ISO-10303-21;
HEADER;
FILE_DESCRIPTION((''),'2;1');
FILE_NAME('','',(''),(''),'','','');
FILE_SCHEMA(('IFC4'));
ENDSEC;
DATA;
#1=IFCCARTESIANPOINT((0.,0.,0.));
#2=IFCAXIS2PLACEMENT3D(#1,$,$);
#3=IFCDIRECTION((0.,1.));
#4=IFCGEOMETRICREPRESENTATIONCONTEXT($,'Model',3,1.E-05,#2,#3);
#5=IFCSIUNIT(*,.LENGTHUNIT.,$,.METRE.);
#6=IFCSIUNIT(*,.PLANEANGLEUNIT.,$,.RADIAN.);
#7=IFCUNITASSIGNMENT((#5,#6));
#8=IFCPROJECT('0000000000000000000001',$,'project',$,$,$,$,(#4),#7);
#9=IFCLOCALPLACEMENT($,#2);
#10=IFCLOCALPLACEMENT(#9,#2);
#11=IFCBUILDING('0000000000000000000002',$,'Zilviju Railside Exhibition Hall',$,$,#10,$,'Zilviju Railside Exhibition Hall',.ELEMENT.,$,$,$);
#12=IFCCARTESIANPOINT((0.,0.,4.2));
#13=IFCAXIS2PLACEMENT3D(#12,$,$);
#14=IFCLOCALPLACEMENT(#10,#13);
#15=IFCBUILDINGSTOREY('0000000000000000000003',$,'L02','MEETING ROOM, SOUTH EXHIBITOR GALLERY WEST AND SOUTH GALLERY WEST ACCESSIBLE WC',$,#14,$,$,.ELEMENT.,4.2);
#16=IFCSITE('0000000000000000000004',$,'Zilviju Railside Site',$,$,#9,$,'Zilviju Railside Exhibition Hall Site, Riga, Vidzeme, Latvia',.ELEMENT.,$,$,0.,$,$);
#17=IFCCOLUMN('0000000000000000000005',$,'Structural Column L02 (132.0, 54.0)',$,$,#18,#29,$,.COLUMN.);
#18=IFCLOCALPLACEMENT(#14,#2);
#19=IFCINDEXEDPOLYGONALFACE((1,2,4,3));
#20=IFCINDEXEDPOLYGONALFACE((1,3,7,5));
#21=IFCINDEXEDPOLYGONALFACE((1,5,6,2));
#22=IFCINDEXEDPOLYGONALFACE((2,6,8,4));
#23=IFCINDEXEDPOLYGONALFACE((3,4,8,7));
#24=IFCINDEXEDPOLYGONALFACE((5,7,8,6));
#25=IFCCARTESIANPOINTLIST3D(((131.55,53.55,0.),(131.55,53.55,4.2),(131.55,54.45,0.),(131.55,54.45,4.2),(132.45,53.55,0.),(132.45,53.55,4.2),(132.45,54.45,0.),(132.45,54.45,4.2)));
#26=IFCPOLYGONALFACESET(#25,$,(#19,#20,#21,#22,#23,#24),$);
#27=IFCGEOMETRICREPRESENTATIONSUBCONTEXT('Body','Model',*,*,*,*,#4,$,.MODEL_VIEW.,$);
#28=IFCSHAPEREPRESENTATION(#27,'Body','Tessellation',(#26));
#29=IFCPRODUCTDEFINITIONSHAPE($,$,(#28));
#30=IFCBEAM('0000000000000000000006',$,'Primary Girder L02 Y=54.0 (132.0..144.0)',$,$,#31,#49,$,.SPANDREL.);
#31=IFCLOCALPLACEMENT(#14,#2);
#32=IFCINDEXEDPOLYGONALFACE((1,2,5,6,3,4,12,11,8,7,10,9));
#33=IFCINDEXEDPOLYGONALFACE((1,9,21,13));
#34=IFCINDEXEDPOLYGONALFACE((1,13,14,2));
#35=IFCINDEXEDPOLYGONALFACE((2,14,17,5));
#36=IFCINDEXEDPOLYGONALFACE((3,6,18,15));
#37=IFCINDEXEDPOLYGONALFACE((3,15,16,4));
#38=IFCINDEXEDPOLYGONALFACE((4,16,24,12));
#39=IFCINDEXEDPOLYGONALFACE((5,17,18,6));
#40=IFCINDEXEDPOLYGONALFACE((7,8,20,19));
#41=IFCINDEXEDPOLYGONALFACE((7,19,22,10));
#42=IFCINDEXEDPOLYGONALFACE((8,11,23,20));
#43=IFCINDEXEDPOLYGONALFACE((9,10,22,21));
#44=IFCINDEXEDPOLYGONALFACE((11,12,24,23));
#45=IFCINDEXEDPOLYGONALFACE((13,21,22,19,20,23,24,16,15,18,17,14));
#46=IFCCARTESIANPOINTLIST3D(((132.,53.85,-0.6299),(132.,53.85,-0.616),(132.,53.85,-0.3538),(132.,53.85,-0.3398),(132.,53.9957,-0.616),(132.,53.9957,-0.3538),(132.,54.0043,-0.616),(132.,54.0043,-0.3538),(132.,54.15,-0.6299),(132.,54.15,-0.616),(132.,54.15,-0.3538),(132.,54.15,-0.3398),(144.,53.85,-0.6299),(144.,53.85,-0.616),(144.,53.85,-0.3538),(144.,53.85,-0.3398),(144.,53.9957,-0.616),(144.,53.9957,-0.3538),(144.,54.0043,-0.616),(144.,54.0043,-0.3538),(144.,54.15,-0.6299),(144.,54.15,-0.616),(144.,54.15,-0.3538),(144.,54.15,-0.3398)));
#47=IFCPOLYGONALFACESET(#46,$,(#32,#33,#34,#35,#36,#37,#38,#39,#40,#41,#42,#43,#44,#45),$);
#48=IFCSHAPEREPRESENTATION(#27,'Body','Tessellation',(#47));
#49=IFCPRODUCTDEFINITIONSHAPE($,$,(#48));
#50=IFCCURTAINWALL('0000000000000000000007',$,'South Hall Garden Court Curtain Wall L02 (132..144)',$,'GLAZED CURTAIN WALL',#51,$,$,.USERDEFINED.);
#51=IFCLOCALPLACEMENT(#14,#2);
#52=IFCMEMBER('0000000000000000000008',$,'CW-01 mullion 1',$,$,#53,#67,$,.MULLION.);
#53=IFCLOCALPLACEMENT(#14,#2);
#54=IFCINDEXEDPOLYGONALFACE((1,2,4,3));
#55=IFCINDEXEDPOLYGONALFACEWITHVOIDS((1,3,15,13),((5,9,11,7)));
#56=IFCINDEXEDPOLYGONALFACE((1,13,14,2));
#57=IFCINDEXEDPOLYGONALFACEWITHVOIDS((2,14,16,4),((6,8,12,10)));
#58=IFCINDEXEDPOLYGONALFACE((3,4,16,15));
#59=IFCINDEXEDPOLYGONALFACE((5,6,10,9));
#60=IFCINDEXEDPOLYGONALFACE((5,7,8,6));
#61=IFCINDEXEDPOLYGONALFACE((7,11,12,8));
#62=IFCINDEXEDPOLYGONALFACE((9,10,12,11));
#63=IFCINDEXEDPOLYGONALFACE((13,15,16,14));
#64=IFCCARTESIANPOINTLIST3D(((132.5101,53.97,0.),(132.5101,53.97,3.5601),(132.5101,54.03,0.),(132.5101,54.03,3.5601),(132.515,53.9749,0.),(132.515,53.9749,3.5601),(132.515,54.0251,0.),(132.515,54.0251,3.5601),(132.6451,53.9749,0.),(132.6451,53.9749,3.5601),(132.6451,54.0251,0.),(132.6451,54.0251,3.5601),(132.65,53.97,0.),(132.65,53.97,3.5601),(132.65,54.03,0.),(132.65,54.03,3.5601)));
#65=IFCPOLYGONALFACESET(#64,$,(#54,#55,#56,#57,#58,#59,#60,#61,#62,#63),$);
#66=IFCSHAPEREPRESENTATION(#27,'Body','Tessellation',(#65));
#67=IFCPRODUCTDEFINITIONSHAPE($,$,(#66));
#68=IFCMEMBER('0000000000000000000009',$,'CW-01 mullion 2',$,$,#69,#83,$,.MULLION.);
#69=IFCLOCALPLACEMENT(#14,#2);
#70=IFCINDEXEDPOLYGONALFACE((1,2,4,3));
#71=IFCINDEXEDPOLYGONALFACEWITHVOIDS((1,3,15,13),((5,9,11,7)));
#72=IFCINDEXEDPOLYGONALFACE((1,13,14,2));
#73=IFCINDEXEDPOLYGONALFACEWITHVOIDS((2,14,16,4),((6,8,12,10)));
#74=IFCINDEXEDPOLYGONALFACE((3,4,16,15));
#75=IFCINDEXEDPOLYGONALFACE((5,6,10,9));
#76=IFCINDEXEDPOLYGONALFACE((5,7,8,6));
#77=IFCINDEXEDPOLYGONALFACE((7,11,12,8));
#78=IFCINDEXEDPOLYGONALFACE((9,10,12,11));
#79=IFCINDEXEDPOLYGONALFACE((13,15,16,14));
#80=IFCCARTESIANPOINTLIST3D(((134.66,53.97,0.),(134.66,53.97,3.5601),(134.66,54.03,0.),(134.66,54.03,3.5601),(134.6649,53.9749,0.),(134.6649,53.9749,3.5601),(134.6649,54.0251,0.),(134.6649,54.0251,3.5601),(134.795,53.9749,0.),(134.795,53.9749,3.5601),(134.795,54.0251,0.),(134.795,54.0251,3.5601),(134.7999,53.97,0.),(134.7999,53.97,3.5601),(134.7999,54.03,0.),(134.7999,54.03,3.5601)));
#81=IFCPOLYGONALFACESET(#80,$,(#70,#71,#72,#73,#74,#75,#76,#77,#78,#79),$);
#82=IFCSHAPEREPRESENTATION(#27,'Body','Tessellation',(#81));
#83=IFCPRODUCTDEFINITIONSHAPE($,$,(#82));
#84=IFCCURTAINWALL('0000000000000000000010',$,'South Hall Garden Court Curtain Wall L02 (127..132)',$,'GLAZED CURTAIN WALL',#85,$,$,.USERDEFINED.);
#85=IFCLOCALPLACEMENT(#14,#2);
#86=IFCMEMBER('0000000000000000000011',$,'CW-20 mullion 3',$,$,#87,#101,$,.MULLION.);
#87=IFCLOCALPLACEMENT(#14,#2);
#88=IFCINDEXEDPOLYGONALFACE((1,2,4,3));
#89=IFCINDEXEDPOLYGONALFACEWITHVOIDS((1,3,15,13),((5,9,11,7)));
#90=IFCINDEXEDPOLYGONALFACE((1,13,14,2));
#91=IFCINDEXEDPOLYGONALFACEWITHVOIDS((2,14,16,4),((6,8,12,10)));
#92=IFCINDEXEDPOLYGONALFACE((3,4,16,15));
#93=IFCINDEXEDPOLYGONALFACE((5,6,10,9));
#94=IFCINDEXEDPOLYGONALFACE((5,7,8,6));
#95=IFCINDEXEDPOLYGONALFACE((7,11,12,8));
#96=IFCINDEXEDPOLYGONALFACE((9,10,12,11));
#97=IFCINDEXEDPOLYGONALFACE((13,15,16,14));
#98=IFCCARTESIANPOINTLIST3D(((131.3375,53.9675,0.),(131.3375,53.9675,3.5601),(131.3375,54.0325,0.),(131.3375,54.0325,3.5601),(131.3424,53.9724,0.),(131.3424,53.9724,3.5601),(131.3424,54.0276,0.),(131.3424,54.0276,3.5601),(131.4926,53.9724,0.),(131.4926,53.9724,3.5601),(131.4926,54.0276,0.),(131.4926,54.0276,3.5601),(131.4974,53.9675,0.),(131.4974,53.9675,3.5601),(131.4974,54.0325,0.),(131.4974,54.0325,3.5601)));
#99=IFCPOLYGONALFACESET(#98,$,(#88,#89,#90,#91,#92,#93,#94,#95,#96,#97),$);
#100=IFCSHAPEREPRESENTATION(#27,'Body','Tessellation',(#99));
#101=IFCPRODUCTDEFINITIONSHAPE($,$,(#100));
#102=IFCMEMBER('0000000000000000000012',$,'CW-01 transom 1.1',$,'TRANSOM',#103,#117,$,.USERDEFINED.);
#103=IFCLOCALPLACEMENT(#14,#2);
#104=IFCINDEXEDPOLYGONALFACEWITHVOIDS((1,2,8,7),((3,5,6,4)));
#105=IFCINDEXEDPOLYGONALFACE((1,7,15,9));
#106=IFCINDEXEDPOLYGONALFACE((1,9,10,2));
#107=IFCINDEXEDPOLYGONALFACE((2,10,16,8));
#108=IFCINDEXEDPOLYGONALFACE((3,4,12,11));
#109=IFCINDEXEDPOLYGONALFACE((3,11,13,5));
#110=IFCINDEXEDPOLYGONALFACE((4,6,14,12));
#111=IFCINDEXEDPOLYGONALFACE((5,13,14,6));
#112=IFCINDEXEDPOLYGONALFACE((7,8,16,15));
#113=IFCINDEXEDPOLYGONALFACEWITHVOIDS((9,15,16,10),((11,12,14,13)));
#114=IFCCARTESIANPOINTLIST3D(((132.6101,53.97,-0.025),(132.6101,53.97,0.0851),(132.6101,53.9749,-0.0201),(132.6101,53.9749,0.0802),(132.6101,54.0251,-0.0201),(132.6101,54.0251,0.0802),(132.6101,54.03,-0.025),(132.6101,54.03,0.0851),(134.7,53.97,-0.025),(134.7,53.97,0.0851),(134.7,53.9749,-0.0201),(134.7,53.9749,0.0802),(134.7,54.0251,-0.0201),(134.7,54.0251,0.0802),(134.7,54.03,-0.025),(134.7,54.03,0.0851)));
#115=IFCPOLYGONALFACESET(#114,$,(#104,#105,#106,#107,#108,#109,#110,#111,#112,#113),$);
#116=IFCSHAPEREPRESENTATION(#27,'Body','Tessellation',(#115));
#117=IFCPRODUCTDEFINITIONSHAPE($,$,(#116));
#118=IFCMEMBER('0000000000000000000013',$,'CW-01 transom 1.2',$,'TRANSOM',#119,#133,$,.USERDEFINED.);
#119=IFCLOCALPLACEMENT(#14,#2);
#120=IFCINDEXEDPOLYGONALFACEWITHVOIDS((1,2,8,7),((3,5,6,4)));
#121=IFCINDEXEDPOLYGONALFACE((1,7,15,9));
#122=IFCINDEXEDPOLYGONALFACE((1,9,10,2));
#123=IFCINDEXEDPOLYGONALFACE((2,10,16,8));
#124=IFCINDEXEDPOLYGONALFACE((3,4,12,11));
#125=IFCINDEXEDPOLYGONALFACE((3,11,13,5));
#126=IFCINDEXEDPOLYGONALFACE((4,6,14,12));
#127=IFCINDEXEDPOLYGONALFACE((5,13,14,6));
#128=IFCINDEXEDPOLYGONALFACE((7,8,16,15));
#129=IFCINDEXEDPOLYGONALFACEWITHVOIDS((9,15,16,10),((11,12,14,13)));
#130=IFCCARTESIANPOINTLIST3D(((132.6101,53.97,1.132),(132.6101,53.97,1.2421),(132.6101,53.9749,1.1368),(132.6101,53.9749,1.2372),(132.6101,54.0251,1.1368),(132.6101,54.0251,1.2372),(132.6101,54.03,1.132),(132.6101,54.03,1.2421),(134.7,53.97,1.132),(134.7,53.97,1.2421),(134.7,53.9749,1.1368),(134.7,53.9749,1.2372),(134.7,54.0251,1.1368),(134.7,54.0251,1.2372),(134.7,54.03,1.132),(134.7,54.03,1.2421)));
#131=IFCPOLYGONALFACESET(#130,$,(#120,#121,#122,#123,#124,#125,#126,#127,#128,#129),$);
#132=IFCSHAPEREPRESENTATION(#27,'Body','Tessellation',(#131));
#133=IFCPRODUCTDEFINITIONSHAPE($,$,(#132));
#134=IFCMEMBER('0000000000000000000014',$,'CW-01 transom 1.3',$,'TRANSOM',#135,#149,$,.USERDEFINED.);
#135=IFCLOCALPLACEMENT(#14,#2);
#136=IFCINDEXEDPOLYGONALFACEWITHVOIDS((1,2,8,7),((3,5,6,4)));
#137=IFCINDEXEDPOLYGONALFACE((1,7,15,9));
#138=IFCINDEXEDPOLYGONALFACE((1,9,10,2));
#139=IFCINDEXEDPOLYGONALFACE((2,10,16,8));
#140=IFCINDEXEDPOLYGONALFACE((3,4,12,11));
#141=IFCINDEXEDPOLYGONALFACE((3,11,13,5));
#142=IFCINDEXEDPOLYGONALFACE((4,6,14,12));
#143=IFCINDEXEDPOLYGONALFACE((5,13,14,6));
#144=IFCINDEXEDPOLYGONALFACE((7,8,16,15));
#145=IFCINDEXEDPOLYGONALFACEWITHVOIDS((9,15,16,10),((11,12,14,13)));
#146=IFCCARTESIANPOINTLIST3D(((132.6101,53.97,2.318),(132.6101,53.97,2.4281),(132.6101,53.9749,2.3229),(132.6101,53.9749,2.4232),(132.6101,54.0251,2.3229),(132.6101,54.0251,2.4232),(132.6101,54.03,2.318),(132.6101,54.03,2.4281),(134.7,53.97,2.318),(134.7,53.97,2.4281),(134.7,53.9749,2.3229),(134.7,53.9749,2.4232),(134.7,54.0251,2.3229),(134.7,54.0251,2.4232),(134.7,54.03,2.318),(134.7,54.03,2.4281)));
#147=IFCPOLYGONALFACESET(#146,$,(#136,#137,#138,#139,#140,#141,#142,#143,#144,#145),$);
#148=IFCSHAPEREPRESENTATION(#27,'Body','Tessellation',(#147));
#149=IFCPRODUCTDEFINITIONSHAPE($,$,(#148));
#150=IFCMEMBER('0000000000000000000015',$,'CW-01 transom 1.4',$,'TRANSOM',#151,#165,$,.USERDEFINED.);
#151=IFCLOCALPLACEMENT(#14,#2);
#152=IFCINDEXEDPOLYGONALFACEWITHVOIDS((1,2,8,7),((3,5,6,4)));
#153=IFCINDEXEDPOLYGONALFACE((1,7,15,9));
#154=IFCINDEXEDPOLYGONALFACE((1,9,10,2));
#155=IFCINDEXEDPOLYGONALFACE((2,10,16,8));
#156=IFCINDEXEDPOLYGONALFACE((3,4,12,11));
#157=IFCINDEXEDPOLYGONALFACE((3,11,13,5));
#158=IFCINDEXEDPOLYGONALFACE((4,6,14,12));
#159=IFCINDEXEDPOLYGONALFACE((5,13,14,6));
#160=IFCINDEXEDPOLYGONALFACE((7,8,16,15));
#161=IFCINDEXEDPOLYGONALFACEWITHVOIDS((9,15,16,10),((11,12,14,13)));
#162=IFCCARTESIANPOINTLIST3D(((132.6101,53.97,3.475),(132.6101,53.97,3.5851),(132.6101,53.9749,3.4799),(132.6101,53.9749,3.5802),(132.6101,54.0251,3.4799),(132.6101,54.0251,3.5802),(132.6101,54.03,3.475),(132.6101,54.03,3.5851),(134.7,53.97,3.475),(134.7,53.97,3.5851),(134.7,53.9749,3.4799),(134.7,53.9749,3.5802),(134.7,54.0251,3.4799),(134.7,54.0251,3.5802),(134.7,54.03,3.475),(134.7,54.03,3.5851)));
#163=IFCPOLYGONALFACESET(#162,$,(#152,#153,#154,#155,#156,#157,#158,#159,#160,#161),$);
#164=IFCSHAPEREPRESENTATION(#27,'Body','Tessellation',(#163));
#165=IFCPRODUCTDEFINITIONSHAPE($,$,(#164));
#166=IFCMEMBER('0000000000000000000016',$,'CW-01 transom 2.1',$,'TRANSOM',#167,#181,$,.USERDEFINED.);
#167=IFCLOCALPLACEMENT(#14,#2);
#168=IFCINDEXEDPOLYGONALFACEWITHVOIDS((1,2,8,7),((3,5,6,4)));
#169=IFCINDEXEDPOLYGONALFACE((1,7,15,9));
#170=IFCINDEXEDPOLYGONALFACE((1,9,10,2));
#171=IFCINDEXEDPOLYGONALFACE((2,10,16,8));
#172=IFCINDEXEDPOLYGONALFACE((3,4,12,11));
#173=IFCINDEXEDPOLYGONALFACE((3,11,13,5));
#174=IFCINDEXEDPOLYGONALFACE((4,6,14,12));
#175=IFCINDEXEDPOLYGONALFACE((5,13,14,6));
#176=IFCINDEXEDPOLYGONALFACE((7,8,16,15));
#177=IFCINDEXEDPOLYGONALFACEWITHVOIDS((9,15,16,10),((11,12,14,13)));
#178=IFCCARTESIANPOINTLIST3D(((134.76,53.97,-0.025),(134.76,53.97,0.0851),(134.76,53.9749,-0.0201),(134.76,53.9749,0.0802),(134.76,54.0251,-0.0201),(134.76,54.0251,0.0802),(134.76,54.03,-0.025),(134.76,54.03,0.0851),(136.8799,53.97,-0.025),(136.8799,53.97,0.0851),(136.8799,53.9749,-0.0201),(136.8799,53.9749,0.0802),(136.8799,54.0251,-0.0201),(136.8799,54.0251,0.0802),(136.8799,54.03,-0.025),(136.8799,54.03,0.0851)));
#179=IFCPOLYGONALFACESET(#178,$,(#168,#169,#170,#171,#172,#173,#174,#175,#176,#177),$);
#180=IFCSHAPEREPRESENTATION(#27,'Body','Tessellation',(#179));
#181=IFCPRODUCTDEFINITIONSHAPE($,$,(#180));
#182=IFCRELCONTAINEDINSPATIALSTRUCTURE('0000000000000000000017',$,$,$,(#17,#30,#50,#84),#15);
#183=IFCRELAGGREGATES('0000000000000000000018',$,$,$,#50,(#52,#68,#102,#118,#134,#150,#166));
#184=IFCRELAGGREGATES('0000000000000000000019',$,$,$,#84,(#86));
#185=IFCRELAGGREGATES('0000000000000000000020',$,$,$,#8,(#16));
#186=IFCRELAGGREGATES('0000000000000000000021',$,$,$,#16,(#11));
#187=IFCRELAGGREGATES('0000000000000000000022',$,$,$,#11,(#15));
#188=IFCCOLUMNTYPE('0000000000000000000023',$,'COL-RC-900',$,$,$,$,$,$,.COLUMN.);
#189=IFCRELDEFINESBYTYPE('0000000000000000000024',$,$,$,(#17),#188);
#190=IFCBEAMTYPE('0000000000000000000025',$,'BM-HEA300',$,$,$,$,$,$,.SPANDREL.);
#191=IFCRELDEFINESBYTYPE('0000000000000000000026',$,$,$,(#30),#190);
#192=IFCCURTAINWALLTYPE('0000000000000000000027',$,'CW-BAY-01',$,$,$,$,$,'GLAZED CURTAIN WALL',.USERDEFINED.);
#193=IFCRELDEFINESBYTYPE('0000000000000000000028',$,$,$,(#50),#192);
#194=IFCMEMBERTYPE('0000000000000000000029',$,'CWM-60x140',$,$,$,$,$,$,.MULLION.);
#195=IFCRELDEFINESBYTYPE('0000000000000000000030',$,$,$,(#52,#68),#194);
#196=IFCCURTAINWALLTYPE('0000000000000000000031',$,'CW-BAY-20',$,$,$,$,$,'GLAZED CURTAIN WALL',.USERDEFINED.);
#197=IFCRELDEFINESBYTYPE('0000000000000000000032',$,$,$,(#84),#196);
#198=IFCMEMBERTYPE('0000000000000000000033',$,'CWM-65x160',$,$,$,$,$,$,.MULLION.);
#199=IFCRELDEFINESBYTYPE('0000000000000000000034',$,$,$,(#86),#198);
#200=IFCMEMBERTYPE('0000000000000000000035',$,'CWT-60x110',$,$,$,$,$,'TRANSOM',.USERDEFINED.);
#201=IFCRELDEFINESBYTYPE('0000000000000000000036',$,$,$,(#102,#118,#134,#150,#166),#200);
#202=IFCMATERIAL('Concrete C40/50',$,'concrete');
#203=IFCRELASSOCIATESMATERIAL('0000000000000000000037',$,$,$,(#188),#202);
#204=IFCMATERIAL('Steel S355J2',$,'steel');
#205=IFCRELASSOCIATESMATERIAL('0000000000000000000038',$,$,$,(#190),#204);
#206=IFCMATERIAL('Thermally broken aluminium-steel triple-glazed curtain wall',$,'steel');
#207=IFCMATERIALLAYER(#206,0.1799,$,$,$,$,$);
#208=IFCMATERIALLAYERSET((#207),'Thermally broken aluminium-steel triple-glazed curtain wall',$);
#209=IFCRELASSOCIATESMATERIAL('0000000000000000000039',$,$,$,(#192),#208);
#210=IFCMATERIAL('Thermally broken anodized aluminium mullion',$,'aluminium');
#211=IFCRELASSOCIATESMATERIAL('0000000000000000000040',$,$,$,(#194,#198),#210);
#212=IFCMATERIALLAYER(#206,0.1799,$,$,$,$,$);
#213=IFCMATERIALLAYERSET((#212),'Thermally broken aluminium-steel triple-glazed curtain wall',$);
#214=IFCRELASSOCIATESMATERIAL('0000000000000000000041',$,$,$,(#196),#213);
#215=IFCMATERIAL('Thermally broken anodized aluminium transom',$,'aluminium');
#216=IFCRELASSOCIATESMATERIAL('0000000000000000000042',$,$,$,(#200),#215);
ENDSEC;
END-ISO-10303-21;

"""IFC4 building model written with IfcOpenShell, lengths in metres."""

from ifc_helpers import new_model, si_unit, direction, frame, origin, origin_2d, place, context, subcontext, project, spatial, rectangle, hollow_rectangle, i_section, extrude, material, layer, layer_set, material_profile, profile_set, type_object, element, aggregate, save


model = new_model("IFC4")

# Units and contexts
model_context = context("Model", 3, precision=1e-05, world=origin(), true_north=direction((0.0, 1.0)))
body_context = subcontext(model_context, "Body", "Model", "MODEL_VIEW")
ifc_project = project(units=[si_unit("LENGTHUNIT", "METRE"), si_unit("PLANEANGLEUNIT", "RADIAN")], contexts=[model_context])

# Site, building, storey
site_placement = place(None, origin())
site = spatial("IfcSite", under=ifc_project, at=site_placement, Name="Zilviju Railside Site", LongName="Zilviju Railside Exhibition Hall Site, Riga, Vidzeme, Latvia", CompositionType="ELEMENT", RefElevation=0.0)
building_placement = place(site_placement, origin())
building = spatial("IfcBuilding", under=site, at=building_placement, Name="Zilviju Railside Exhibition Hall", LongName="Zilviju Railside Exhibition Hall", CompositionType="ELEMENT")
storey_placement = place(building_placement, frame((0.0, 0.0, 4.2)))
storey = spatial("IfcBuildingStorey", under=building, at=storey_placement, Name="L02", Description="MEETING ROOM, SOUTH EXHIBITOR GALLERY WEST AND SOUTH GALLERY WEST ACCESSIBLE WC", CompositionType="ELEMENT", Elevation=4.2)

# Column
ifc_material_1 = material(Name="Concrete C40/50", Category="concrete")
ifc_material_profile_1 = material_profile(ifc_material_1, rectangle(XDim=0.8999, YDim=0.8999, at=origin_2d()), Name="RC COL 900x900")
ifc_profile_set_1 = profile_set([ifc_material_profile_1], Name="Concrete C40/50")
column_type = type_object("IfcColumnType", Name="COL-RC-900", PredefinedType="COLUMN", material=ifc_profile_set_1)
column_placement = place(storey_placement, frame((132.0, 54.0, 0.0), z_axis=(0.0, 0.0, 1.0), x_axis=(1.0, 0.0, 0.0)))
element("IfcColumn", 1, at=column_placement, inside=storey, type_object=column_type, Name="Structural Column L02 (132.0, 54.0)", PredefinedType="COLUMN", context=body_context, shape_type="SweptSolid", body=[
    extrude(rectangle(XDim=0.8999, YDim=0.8999, at=origin_2d()), origin(), (0.0, 0.0, 1.0), 4.2),
])

# Beam
ifc_material_2 = material(Name="Steel S355J2", Category="steel")
ifc_material_profile_2 = material_profile(ifc_material_2, i_section(OverallWidth=0.3, OverallDepth=0.29, WebThickness=0.0085, FlangeThickness=0.0139, at=origin_2d()), Name="HEA 300")
ifc_profile_set_2 = profile_set([ifc_material_profile_2], Name="Steel S355J2")
beam_type = type_object("IfcBeamType", Name="BM-HEA300", PredefinedType="SPANDREL", material=ifc_profile_set_2)
beam_placement = place(storey_placement, frame((132.0, 54.0, -0.4849), z_axis=(1.0, 0.0, 0.0), x_axis=(0.0, 1.0, 0.0)))
element("IfcBeam", 2, at=beam_placement, inside=storey, type_object=beam_type, Name="Primary Girder L02 Y=54.0 (132.0..144.0)", PredefinedType="SPANDREL", context=body_context, shape_type="SweptSolid", body=[
    extrude(i_section(OverallWidth=0.3, OverallDepth=0.29, WebThickness=0.0085, FlangeThickness=0.0139, at=origin_2d()), origin(), (0.0, 0.0, 1.0), 12.0),
])

# Curtain wall, members
ifc_material_3 = material(Name="Thermally broken aluminium-steel triple-glazed curtain wall", Category="steel")
ifc_layer_1 = layer(ifc_material_3, 0.1799)
ifc_layer_set_1 = layer_set([ifc_layer_1], Name="Thermally broken aluminium-steel triple-glazed curtain wall")
curtain_wall_type_1 = type_object("IfcCurtainWallType", Name="CW-BAY-01", ElementType="GLAZED CURTAIN WALL", PredefinedType="USERDEFINED", material=ifc_layer_set_1)
curtain_wall_1_placement = place(storey_placement, origin())
curtain_wall_1 = element("IfcCurtainWall", 3, at=curtain_wall_1_placement, inside=storey, type_object=curtain_wall_type_1, Name="South Hall Garden Court Curtain Wall L02 (132..144)", ObjectType="GLAZED CURTAIN WALL", PredefinedType="USERDEFINED")
ifc_material_4 = material(Name="Thermally broken anodized aluminium mullion", Category="aluminium")
ifc_material_profile_3 = material_profile(ifc_material_4, hollow_rectangle(XDim=0.0601, YDim=0.1399, WallThickness=0.0049, at=origin_2d()), Name="MULLION 140x60x5")
ifc_profile_set_3 = profile_set([ifc_material_profile_3], Name="Thermally broken anodized aluminium mullion")
member_type_1 = type_object("IfcMemberType", Name="CWM-60x140", PredefinedType="MULLION", material=ifc_profile_set_3)
member_1_placement = place(storey_placement, frame((132.5801, 54.0, 0.0), z_axis=(0.0, 0.0, 1.0), x_axis=(0.0, 1.0, 0.0)))
member_1 = element("IfcMember", 4, at=member_1_placement, type_object=member_type_1, Name="CW-01 mullion 1", PredefinedType="MULLION", context=body_context, shape_type="SweptSolid", body=[
    extrude(hollow_rectangle(XDim=0.0601, YDim=0.1399, WallThickness=0.0049, at=origin_2d()), origin(), (0.0, 0.0, 1.0), 3.5601),
])
member_2_placement = place(storey_placement, frame((134.73, 54.0, 0.0), z_axis=(0.0, 0.0, 1.0), x_axis=(0.0, 1.0, 0.0)))
member_2 = element("IfcMember", 5, at=member_2_placement, type_object=member_type_1, Name="CW-01 mullion 2", PredefinedType="MULLION", context=body_context, shape_type="SweptSolid", body=[
    extrude(hollow_rectangle(XDim=0.0601, YDim=0.1399, WallThickness=0.0049, at=origin_2d()), origin(), (0.0, 0.0, 1.0), 3.5601),
])

# Curtain wall, member
ifc_layer_2 = layer(ifc_material_3, 0.1799)
ifc_layer_set_2 = layer_set([ifc_layer_2], Name="Thermally broken aluminium-steel triple-glazed curtain wall")
curtain_wall_type_2 = type_object("IfcCurtainWallType", Name="CW-BAY-20", ElementType="GLAZED CURTAIN WALL", PredefinedType="USERDEFINED", material=ifc_layer_set_2)
curtain_wall_2_placement = place(storey_placement, origin())
curtain_wall_2 = element("IfcCurtainWall", 6, at=curtain_wall_2_placement, inside=storey, type_object=curtain_wall_type_2, Name="South Hall Garden Court Curtain Wall L02 (127..132)", ObjectType="GLAZED CURTAIN WALL", PredefinedType="USERDEFINED")
ifc_material_profile_4 = material_profile(ifc_material_4, hollow_rectangle(XDim=0.0649, YDim=0.1599, WallThickness=0.0049, at=origin_2d()), Name="MULLION 160x65x5")
ifc_profile_set_4 = profile_set([ifc_material_profile_4], Name="Thermally broken anodized aluminium mullion")
member_type_2 = type_object("IfcMemberType", Name="CWM-65x160", PredefinedType="MULLION", material=ifc_profile_set_4)
member_3_placement = place(storey_placement, frame((131.4175, 54.0, 0.0), z_axis=(0.0, 0.0, 1.0), x_axis=(0.0, 1.0, 0.0)))
member_3 = element("IfcMember", 7, at=member_3_placement, type_object=member_type_2, Name="CW-20 mullion 3", PredefinedType="MULLION", context=body_context, shape_type="SweptSolid", body=[
    extrude(hollow_rectangle(XDim=0.0649, YDim=0.1599, WallThickness=0.0049, at=origin_2d()), origin(), (0.0, 0.0, 1.0), 3.5601),
])

# Members
ifc_material_5 = material(Name="Thermally broken anodized aluminium transom", Category="aluminium")
ifc_material_profile_5 = material_profile(ifc_material_5, hollow_rectangle(XDim=0.0601, YDim=0.1101, WallThickness=0.0049, at=origin_2d()), Name="TRANSOM 110x60x5")
ifc_profile_set_5 = profile_set([ifc_material_profile_5], Name="Thermally broken anodized aluminium transom")
member_type_3 = type_object("IfcMemberType", Name="CWT-60x110", ElementType="TRANSOM", PredefinedType="USERDEFINED", material=ifc_profile_set_5)
member_4_placement = place(storey_placement, frame((132.6101, 54.0, 0.03), z_axis=(1.0, 0.0, 0.0), x_axis=(0.0, 1.0, 0.0)))
member_4 = element("IfcMember", 8, at=member_4_placement, type_object=member_type_3, Name="CW-01 transom 1.1", ObjectType="TRANSOM", PredefinedType="USERDEFINED", context=body_context, shape_type="SweptSolid", body=[
    extrude(hollow_rectangle(XDim=0.0601, YDim=0.1101, WallThickness=0.0049, at=origin_2d()), origin(), (0.0, 0.0, 1.0), 2.0898),
])
member_5_placement = place(storey_placement, frame((132.6101, 54.0, 1.187), z_axis=(1.0, 0.0, 0.0), x_axis=(0.0, 1.0, 0.0)))
member_5 = element("IfcMember", 9, at=member_5_placement, type_object=member_type_3, Name="CW-01 transom 1.2", ObjectType="TRANSOM", PredefinedType="USERDEFINED", context=body_context, shape_type="SweptSolid", body=[
    extrude(hollow_rectangle(XDim=0.0601, YDim=0.1101, WallThickness=0.0049, at=origin_2d()), origin(), (0.0, 0.0, 1.0), 2.0898),
])
member_6_placement = place(storey_placement, frame((132.6101, 54.0, 2.373), z_axis=(1.0, 0.0, 0.0), x_axis=(0.0, 1.0, 0.0)))
member_6 = element("IfcMember", 10, at=member_6_placement, type_object=member_type_3, Name="CW-01 transom 1.3", ObjectType="TRANSOM", PredefinedType="USERDEFINED", context=body_context, shape_type="SweptSolid", body=[
    extrude(hollow_rectangle(XDim=0.0601, YDim=0.1101, WallThickness=0.0049, at=origin_2d()), origin(), (0.0, 0.0, 1.0), 2.0898),
])
member_7_placement = place(storey_placement, frame((132.6101, 54.0, 3.53), z_axis=(1.0, 0.0, 0.0), x_axis=(0.0, 1.0, 0.0)))
member_7 = element("IfcMember", 11, at=member_7_placement, type_object=member_type_3, Name="CW-01 transom 1.4", ObjectType="TRANSOM", PredefinedType="USERDEFINED", context=body_context, shape_type="SweptSolid", body=[
    extrude(hollow_rectangle(XDim=0.0601, YDim=0.1101, WallThickness=0.0049, at=origin_2d()), origin(), (0.0, 0.0, 1.0), 2.0898),
])
member_8_placement = place(storey_placement, frame((134.76, 54.0, 0.03), z_axis=(1.0, 0.0, 0.0), x_axis=(0.0, 1.0, 0.0)))
member_8 = element("IfcMember", 12, at=member_8_placement, type_object=member_type_3, Name="CW-01 transom 2.1", ObjectType="TRANSOM", PredefinedType="USERDEFINED", context=body_context, shape_type="SweptSolid", body=[
    extrude(hollow_rectangle(XDim=0.0601, YDim=0.1101, WallThickness=0.0049, at=origin_2d()), origin(), (0.0, 0.0, 1.0), 2.1199),
])

aggregate(curtain_wall_1, [member_1, member_2, member_4, member_5, member_6, member_7, member_8])
aggregate(curtain_wall_2, [member_3])

save(model, "model.ifc")
